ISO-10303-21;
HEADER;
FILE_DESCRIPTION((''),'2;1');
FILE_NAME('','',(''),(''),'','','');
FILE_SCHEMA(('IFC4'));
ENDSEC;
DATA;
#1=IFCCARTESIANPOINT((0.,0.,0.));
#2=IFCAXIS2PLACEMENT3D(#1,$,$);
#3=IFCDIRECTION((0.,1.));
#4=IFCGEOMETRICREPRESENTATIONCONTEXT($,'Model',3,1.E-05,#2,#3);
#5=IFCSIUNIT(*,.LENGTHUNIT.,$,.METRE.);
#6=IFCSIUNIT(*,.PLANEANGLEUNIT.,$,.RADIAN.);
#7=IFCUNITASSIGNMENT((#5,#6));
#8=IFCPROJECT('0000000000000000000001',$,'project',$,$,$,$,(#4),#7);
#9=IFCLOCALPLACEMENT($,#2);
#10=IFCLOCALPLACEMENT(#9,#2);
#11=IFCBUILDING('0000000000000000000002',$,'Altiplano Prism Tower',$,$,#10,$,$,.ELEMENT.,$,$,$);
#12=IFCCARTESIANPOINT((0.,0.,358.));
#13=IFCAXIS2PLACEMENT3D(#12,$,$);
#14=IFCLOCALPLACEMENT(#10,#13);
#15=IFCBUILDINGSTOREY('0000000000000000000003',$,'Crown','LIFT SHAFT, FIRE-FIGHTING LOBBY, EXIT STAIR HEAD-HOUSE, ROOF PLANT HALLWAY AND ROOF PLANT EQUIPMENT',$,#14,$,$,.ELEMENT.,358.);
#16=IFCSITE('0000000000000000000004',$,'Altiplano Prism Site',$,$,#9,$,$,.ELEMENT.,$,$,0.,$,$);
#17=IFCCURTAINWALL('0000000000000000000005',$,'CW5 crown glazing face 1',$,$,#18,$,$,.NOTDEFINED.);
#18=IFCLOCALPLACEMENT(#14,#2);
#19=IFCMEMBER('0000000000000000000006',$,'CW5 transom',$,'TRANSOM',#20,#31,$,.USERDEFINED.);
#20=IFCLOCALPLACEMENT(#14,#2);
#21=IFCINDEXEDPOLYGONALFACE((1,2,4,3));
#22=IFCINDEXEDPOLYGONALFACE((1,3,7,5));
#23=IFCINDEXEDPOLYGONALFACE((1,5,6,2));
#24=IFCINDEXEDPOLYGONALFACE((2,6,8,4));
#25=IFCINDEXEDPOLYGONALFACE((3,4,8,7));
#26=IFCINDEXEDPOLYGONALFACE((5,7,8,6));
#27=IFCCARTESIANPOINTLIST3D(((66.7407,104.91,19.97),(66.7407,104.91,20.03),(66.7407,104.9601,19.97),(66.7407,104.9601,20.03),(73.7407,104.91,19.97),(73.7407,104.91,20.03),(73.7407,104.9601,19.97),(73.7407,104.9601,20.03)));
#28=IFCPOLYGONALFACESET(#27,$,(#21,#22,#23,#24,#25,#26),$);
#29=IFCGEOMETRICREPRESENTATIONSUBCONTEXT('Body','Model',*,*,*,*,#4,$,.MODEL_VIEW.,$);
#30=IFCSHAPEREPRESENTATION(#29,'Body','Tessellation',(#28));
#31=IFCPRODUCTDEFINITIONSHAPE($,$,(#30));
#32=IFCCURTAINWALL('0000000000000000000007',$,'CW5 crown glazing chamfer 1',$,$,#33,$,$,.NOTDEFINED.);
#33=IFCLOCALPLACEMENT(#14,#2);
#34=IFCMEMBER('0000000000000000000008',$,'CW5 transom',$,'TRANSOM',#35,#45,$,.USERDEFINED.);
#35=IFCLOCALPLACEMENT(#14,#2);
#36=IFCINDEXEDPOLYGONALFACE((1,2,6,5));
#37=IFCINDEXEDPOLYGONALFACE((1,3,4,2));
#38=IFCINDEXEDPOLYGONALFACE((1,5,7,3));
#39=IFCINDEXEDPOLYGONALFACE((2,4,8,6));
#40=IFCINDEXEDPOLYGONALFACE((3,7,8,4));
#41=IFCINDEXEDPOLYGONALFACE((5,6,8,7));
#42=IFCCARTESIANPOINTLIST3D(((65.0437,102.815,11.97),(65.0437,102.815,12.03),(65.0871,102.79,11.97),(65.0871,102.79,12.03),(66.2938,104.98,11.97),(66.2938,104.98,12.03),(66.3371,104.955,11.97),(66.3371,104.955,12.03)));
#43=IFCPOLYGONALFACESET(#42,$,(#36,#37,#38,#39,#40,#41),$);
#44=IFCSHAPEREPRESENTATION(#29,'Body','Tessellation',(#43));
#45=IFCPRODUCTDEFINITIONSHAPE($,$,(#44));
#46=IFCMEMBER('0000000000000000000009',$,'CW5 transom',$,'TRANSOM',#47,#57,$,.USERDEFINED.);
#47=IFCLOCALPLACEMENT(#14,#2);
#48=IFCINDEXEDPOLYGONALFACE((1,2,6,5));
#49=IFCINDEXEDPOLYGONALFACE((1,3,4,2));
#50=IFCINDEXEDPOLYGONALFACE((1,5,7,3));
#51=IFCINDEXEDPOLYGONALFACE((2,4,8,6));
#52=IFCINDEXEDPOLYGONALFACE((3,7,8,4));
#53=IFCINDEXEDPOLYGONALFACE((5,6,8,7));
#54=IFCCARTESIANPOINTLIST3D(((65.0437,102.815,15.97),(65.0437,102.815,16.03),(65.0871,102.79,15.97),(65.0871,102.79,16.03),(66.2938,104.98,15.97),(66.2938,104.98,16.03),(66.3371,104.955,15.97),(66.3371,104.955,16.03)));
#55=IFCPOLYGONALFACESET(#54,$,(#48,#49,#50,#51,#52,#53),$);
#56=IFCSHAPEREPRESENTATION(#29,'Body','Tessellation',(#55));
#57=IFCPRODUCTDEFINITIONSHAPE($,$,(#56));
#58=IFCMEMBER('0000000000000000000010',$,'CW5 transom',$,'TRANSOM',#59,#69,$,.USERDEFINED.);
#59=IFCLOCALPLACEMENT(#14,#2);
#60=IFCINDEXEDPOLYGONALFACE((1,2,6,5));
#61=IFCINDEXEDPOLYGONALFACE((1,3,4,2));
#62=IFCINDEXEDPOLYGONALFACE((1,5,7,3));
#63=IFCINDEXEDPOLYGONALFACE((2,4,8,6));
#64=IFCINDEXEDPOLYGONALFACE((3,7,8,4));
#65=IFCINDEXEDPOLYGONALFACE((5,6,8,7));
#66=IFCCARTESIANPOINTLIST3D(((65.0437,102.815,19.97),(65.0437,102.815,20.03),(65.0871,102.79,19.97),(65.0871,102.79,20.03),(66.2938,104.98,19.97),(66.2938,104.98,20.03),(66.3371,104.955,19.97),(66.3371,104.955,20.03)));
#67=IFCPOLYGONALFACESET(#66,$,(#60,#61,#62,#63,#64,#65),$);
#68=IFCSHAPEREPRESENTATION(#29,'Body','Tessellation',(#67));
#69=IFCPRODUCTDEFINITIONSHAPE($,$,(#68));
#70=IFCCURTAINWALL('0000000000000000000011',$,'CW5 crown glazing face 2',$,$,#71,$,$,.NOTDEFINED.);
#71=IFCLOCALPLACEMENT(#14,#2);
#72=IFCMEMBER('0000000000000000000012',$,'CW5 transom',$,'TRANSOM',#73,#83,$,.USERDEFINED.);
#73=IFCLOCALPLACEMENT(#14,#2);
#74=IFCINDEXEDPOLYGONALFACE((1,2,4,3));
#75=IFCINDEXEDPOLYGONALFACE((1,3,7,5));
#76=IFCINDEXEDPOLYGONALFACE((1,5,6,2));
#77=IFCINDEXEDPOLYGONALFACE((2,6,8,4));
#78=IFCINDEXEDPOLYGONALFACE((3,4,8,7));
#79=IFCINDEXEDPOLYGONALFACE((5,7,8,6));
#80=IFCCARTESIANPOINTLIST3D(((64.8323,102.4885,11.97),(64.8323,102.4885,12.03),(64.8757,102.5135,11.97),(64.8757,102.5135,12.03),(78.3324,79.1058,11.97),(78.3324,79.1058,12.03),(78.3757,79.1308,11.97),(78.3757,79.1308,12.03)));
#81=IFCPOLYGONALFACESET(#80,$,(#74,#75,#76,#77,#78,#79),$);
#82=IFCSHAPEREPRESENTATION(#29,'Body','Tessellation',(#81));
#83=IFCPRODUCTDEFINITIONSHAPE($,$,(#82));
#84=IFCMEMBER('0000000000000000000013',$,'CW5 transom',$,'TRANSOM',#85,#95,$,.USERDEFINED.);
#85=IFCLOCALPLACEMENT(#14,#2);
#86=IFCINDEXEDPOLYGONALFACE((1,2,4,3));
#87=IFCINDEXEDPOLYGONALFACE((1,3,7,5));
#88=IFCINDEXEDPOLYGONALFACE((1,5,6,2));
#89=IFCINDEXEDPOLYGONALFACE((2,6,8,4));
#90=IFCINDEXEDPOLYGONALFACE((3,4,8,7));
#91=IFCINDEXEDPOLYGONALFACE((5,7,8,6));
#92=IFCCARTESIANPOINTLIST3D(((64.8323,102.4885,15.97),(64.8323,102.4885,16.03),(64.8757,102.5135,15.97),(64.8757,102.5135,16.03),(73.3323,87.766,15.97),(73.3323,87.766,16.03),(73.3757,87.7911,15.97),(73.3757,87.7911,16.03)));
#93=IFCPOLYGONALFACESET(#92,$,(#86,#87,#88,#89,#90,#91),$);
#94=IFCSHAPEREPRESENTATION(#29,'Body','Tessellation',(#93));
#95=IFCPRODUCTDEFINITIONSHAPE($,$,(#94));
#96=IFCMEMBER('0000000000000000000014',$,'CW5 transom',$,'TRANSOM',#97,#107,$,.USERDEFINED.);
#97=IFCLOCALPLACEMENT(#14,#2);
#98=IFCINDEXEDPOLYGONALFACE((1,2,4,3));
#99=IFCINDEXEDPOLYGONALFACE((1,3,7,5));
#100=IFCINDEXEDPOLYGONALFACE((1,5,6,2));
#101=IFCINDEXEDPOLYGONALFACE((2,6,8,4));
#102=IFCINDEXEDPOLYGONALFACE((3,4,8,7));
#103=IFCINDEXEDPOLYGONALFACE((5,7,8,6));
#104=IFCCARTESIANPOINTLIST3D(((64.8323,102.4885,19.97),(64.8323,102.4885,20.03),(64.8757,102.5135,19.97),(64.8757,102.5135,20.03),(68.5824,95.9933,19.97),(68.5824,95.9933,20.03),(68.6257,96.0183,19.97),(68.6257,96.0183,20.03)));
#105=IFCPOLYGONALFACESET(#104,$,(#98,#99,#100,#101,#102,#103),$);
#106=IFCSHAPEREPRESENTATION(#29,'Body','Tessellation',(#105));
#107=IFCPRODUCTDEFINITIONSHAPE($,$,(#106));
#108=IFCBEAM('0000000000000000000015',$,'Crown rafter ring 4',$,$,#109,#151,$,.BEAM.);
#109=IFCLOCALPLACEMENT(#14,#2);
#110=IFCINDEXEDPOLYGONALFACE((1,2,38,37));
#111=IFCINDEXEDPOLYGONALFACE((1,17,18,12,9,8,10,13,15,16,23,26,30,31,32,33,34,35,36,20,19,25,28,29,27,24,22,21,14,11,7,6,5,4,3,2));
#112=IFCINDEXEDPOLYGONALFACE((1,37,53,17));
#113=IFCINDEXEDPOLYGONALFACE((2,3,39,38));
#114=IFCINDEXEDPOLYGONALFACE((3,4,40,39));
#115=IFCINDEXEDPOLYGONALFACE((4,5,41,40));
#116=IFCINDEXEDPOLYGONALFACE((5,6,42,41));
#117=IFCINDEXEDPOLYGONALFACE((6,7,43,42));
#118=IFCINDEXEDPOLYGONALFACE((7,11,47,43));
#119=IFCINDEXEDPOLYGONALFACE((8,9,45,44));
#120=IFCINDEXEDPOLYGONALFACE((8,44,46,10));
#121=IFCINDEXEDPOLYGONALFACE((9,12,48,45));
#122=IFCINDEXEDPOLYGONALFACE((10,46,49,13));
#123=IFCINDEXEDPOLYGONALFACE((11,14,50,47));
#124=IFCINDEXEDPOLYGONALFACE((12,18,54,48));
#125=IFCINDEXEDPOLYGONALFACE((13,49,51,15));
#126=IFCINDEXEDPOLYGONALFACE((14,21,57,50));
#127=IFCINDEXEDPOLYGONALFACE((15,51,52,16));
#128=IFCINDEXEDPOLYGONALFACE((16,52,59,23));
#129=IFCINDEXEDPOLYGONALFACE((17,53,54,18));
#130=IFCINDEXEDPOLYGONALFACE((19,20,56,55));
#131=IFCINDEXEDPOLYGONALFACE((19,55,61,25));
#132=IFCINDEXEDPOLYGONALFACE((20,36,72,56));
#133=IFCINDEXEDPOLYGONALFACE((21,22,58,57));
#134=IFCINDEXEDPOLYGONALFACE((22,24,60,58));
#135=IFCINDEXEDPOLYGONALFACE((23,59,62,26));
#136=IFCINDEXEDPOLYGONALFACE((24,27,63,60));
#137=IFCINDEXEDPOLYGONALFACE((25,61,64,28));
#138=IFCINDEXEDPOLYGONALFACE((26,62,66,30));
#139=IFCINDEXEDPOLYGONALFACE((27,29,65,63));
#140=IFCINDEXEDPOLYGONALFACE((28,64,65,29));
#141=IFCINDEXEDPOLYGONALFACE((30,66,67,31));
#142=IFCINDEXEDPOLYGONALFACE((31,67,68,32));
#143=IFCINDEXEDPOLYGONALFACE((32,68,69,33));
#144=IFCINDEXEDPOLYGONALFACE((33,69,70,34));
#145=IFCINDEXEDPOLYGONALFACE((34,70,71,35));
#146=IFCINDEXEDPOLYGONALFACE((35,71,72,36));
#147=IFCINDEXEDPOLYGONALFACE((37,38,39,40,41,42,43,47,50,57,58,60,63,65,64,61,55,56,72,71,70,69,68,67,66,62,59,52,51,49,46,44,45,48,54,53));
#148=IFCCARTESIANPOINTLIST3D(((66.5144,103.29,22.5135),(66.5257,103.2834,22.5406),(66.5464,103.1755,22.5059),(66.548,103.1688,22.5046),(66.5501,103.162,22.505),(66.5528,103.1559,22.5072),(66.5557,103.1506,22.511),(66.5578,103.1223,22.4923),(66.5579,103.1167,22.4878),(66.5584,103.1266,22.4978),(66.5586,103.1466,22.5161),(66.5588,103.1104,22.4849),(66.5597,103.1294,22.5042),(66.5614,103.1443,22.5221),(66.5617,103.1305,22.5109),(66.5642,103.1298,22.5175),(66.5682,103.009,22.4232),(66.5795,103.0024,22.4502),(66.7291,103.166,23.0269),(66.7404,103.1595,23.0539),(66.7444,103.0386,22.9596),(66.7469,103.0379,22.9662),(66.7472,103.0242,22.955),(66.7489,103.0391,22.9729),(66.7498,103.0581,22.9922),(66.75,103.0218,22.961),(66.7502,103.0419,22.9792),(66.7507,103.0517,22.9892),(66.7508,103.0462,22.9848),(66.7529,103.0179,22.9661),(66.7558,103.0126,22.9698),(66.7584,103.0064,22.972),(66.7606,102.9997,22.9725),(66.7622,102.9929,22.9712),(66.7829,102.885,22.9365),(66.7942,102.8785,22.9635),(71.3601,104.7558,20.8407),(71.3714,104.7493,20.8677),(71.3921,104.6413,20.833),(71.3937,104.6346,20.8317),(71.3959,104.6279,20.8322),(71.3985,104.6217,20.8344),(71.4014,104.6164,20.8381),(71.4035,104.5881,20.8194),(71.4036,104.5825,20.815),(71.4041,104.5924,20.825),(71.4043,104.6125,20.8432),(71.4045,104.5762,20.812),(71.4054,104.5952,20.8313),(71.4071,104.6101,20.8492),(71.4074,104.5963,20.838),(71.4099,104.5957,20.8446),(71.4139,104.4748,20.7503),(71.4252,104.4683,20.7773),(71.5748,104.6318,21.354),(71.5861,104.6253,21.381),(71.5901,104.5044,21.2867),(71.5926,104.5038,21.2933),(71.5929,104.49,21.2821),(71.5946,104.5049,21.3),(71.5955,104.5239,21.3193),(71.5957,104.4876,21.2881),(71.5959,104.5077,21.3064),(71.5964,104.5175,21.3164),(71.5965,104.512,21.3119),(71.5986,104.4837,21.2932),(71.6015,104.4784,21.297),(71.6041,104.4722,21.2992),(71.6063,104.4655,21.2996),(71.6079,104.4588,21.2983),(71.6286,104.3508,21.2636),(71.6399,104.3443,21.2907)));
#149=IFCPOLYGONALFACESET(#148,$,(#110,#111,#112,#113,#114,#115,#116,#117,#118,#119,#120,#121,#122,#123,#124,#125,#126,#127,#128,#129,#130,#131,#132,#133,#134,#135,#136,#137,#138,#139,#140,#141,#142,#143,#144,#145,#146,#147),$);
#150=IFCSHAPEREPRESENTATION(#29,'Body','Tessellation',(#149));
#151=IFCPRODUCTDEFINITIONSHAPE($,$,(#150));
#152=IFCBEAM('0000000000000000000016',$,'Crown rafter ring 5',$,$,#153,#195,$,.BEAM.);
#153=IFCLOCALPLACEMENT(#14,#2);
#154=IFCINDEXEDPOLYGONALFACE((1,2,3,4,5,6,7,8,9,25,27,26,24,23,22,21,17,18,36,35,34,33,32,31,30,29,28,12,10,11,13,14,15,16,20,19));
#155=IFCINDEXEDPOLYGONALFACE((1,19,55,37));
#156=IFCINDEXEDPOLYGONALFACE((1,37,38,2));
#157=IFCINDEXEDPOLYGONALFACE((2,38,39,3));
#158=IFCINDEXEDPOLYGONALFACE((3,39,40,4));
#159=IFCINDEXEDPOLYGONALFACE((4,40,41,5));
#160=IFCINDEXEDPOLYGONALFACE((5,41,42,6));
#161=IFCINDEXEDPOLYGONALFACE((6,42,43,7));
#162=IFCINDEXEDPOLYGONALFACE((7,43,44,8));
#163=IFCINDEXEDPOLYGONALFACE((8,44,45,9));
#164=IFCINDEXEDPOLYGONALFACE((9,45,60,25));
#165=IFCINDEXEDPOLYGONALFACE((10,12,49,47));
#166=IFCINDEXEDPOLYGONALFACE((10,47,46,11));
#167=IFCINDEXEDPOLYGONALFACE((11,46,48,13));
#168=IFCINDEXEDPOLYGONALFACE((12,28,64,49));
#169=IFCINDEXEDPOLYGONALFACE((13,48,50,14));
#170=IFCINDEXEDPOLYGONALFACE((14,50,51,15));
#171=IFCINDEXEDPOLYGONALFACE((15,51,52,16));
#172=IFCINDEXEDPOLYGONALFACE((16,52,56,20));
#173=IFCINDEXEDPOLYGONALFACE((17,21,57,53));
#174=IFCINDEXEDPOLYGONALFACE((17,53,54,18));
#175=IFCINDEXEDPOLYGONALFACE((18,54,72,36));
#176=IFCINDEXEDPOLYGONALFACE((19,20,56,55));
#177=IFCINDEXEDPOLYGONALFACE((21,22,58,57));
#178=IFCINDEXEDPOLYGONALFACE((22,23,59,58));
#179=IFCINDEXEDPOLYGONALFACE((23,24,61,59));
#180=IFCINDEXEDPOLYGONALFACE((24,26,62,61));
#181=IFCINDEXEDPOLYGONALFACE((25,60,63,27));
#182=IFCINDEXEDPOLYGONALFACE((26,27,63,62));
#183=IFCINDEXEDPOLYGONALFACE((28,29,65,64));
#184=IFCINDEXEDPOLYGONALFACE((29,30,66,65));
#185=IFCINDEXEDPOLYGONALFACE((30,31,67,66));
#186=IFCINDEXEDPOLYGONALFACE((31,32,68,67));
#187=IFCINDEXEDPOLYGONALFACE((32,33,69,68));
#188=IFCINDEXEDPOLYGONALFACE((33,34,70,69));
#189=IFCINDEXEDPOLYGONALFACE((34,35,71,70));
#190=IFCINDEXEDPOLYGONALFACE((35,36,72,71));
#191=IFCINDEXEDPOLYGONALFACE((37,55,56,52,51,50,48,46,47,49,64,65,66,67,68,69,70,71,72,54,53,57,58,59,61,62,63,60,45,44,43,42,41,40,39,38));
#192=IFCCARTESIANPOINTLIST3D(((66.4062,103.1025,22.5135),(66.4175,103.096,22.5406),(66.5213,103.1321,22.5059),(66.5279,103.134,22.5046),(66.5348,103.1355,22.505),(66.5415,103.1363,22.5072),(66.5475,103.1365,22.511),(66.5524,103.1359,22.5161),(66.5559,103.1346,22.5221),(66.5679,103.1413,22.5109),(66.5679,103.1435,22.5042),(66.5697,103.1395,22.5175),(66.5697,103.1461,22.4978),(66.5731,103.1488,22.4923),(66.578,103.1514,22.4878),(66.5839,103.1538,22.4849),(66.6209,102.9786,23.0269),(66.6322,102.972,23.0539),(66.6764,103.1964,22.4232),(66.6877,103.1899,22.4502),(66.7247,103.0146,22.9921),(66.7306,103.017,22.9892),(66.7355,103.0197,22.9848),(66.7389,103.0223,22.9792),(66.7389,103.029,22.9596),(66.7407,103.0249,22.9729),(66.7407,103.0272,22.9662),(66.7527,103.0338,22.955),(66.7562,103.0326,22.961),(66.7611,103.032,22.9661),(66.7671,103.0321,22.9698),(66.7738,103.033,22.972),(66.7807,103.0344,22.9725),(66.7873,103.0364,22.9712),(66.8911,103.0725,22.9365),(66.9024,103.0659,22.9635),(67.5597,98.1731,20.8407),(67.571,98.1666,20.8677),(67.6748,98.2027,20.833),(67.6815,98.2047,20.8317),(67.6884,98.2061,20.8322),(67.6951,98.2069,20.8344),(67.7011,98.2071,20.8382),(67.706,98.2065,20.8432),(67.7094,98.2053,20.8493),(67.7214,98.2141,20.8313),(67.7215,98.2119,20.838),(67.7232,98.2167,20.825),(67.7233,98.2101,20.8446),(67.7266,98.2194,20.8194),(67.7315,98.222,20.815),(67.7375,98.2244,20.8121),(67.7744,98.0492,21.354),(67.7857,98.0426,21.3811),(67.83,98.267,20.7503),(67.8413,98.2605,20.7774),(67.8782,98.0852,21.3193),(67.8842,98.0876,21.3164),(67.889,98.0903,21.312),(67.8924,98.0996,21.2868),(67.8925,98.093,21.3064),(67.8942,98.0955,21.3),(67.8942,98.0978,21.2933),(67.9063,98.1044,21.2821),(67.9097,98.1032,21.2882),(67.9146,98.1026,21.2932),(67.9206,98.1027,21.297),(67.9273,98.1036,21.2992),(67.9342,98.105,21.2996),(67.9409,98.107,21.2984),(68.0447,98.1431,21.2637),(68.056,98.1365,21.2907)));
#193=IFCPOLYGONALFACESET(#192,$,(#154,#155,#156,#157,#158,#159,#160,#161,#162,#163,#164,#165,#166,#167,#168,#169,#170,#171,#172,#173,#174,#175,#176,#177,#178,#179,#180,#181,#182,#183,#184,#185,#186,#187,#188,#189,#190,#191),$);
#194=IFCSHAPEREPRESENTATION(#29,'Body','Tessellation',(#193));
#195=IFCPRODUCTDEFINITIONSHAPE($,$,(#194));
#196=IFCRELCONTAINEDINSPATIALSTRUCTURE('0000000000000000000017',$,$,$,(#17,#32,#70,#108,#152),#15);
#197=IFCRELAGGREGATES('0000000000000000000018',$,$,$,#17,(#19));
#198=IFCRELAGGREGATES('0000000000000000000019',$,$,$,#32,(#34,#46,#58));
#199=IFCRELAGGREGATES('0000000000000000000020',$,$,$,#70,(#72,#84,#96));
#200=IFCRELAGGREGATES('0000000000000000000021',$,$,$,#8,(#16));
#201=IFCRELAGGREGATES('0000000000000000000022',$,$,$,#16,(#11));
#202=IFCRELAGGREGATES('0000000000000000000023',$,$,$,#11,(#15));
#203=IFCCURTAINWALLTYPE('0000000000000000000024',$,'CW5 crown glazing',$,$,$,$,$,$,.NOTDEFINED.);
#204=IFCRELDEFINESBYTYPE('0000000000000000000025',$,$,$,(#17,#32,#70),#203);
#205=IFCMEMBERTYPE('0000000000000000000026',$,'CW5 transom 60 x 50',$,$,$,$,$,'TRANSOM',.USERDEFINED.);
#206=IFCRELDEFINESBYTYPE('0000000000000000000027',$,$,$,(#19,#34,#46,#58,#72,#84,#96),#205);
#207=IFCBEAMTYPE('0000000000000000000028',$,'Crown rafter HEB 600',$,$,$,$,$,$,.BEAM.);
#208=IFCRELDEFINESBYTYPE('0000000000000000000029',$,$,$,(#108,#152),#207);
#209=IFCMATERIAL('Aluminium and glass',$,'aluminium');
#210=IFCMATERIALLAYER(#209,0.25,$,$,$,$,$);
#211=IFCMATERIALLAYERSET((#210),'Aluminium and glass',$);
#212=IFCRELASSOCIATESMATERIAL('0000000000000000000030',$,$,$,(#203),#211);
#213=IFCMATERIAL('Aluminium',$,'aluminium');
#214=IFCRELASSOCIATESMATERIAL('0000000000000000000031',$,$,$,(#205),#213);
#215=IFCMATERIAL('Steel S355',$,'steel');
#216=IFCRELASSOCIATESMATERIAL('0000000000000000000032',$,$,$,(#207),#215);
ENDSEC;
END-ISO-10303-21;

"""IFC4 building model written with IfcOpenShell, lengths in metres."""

from ifc_helpers import new_model, si_unit, direction, frame, origin, origin_2d, place, context, subcontext, project, spatial, rectangle, i_section, extrude, material, layer, layer_set, material_profile, profile_set, type_object, element, aggregate, save


model = new_model("IFC4")

# Units and contexts
model_context = context("Model", 3, precision=1e-05, world=origin(), true_north=direction((0.0, 1.0)))
body_context = subcontext(model_context, "Body", "Model", "MODEL_VIEW")
ifc_project = project(units=[si_unit("LENGTHUNIT", "METRE"), si_unit("PLANEANGLEUNIT", "RADIAN")], contexts=[model_context])

# Site, building, storey
site_placement = place(None, origin())
site = spatial("IfcSite", under=ifc_project, at=site_placement, Name="Altiplano Prism Site", CompositionType="ELEMENT", RefElevation=0.0)
building_placement = place(site_placement, origin())
building = spatial("IfcBuilding", under=site, at=building_placement, Name="Altiplano Prism Tower", CompositionType="ELEMENT")
storey_placement = place(building_placement, frame((0.0, 0.0, 358.0)))
storey = spatial("IfcBuildingStorey", under=building, at=storey_placement, Name="Crown", Description="LIFT SHAFT, FIRE-FIGHTING LOBBY, EXIT STAIR HEAD-HOUSE, ROOF PLANT HALLWAY AND ROOF PLANT EQUIPMENT", CompositionType="ELEMENT", Elevation=358.0)

# Curtain wall, member
ifc_material_1 = material(Name="Aluminium and glass", Category="aluminium")
ifc_layer_1 = layer(ifc_material_1, 0.25)
ifc_layer_set_1 = layer_set([ifc_layer_1], Name="Aluminium and glass")
curtain_wall_type = type_object("IfcCurtainWallType", Name="CW5 crown glazing", PredefinedType="NOTDEFINED", material=ifc_layer_set_1)
curtain_wall_1_placement = place(storey_placement, origin())
curtain_wall_1 = element("IfcCurtainWall", 1, at=curtain_wall_1_placement, inside=storey, type_object=curtain_wall_type, Name="CW5 crown glazing face 1", PredefinedType="NOTDEFINED")
ifc_material_2 = material(Name="Aluminium", Category="aluminium")
ifc_material_profile_1 = material_profile(ifc_material_2, rectangle(XDim=0.05, YDim=0.0601, at=origin_2d()), Name="CW5 transom 60 x 50")
ifc_profile_set_1 = profile_set([ifc_material_profile_1], Name="Aluminium")
member_type = type_object("IfcMemberType", Name="CW5 transom 60 x 50", ElementType="TRANSOM", PredefinedType="USERDEFINED", material=ifc_profile_set_1)
member_1_placement = place(storey_placement, frame((73.7407, 104.9351, 20.0), z_axis=(-1.0, 0.0, 0.0), x_axis=(0.0, -1.0, 0.0)))
member_1 = element("IfcMember", 2, at=member_1_placement, type_object=member_type, Name="CW5 transom", ObjectType="TRANSOM", PredefinedType="USERDEFINED", context=body_context, shape_type="SweptSolid", body=[
    extrude(rectangle(XDim=0.05, YDim=0.0601, at=origin_2d()), origin(), (0.0, 0.0, 1.0), 7.0),
])

# Curtain walls, members
curtain_wall_2_placement = place(storey_placement, origin())
curtain_wall_2 = element("IfcCurtainWall", 3, at=curtain_wall_2_placement, inside=storey, type_object=curtain_wall_type, Name="CW5 crown glazing chamfer 1", PredefinedType="NOTDEFINED")
member_2_placement = place(storey_placement, frame((66.3154, 104.9675, 12.0), z_axis=(-0.500004, -0.866023, 0.0), x_axis=(0.866023, -0.500004, 0.0)))
member_2 = element("IfcMember", 4, at=member_2_placement, type_object=member_type, Name="CW5 transom", ObjectType="TRANSOM", PredefinedType="USERDEFINED", context=body_context, shape_type="SweptSolid", body=[
    extrude(rectangle(XDim=0.05, YDim=0.0601, at=origin_2d()), origin(), (0.0, 0.0, 1.0), 2.5),
])
member_3_placement = place(storey_placement, frame((66.3154, 104.9675, 16.0), z_axis=(-0.500004, -0.866023, 0.0), x_axis=(0.866023, -0.500004, 0.0)))
member_3 = element("IfcMember", 5, at=member_3_placement, type_object=member_type, Name="CW5 transom", ObjectType="TRANSOM", PredefinedType="USERDEFINED", context=body_context, shape_type="SweptSolid", body=[
    extrude(rectangle(XDim=0.05, YDim=0.0601, at=origin_2d()), origin(), (0.0, 0.0, 1.0), 2.5),
])
member_4_placement = place(storey_placement, frame((66.3154, 104.9675, 20.0), z_axis=(-0.500004, -0.866023, 0.0), x_axis=(0.866023, -0.500004, 0.0)))
member_4 = element("IfcMember", 6, at=member_4_placement, type_object=member_type, Name="CW5 transom", ObjectType="TRANSOM", PredefinedType="USERDEFINED", context=body_context, shape_type="SweptSolid", body=[
    extrude(rectangle(XDim=0.05, YDim=0.0601, at=origin_2d()), origin(), (0.0, 0.0, 1.0), 2.5),
])
curtain_wall_3_placement = place(storey_placement, origin())
curtain_wall_3 = element("IfcCurtainWall", 7, at=curtain_wall_3_placement, inside=storey, type_object=curtain_wall_type, Name="CW5 crown glazing face 2", PredefinedType="NOTDEFINED")
member_5_placement = place(storey_placement, frame((64.854, 102.501, 12.0), z_axis=(0.500002, -0.866024, 0.0), x_axis=(0.866024, 0.500002, 0.0)))
member_5 = element("IfcMember", 8, at=member_5_placement, type_object=member_type, Name="CW5 transom", ObjectType="TRANSOM", PredefinedType="USERDEFINED", context=body_context, shape_type="SweptSolid", body=[
    extrude(rectangle(XDim=0.05, YDim=0.0601, at=origin_2d()), origin(), (0.0, 0.0, 1.0), 27.0),
])
member_6_placement = place(storey_placement, frame((64.854, 102.501, 16.0), z_axis=(0.500001, -0.866025, 0.0), x_axis=(0.866025, 0.500001, 0.0)))
member_6 = element("IfcMember", 9, at=member_6_placement, type_object=member_type, Name="CW5 transom", ObjectType="TRANSOM", PredefinedType="USERDEFINED", context=body_context, shape_type="SweptSolid", body=[
    extrude(rectangle(XDim=0.05, YDim=0.0601, at=origin_2d()), origin(), (0.0, 0.0, 1.0), 17.0),
])
member_7_placement = place(storey_placement, frame((64.854, 102.501, 20.0), z_axis=(0.500004, -0.866023, 0.0), x_axis=(0.866023, 0.500004, 0.0)))
member_7 = element("IfcMember", 10, at=member_7_placement, type_object=member_type, Name="CW5 transom", ObjectType="TRANSOM", PredefinedType="USERDEFINED", context=body_context, shape_type="SweptSolid", body=[
    extrude(rectangle(XDim=0.05, YDim=0.0601, at=origin_2d()), origin(), (0.0, 0.0, 1.0), 7.5),
])

# Beams
ifc_material_3 = material(Name="Steel S355", Category="steel")
ifc_material_profile_2 = material_profile(ifc_material_3, i_section(OverallWidth=0.3, OverallDepth=0.6001, WebThickness=0.0154, FlangeThickness=0.03, FilletRadius=0.0271, at=origin_2d()), Name="Crown rafter HEB 600")
ifc_profile_set_2 = profile_set([ifc_material_profile_2], Name="Steel S355")
beam_type_1 = type_object("IfcBeamType", Name="Crown rafter HEB 600", PredefinedType="BEAM", material=ifc_profile_set_2)
for number, where, z_axis, x_axis, name in (
    (11, (71.5, 104.55, 21.0657), (-0.908834, -0.274921, 0.313751), (0.179337, -0.936555, -0.301169), "Crown rafter ring 4"),
    (12, (66.6543, 103.0842, 22.7385), (0.216354, -0.924529, -0.313747), (0.900741, 0.312991, -0.301169), "Crown rafter ring 5"),
):
    element("IfcBeam", number, at=place(storey_placement, frame(where, z_axis=z_axis, x_axis=x_axis)), inside=storey, type_object=beam_type_1, Name=name, PredefinedType="BEAM", context=body_context, shape_type="SweptSolid", body=[
        extrude(i_section(OverallWidth=0.3, OverallDepth=0.6001, WebThickness=0.0154, FlangeThickness=0.03, FilletRadius=0.0271, at=origin_2d()), origin(), (0.0, 0.0, 1.0), 5.3318),
    ])

aggregate(curtain_wall_1, [member_1])
aggregate(curtain_wall_2, [member_2, member_3, member_4])
aggregate(curtain_wall_3, [member_5, member_6, member_7])

save(model, "model.ifc")
